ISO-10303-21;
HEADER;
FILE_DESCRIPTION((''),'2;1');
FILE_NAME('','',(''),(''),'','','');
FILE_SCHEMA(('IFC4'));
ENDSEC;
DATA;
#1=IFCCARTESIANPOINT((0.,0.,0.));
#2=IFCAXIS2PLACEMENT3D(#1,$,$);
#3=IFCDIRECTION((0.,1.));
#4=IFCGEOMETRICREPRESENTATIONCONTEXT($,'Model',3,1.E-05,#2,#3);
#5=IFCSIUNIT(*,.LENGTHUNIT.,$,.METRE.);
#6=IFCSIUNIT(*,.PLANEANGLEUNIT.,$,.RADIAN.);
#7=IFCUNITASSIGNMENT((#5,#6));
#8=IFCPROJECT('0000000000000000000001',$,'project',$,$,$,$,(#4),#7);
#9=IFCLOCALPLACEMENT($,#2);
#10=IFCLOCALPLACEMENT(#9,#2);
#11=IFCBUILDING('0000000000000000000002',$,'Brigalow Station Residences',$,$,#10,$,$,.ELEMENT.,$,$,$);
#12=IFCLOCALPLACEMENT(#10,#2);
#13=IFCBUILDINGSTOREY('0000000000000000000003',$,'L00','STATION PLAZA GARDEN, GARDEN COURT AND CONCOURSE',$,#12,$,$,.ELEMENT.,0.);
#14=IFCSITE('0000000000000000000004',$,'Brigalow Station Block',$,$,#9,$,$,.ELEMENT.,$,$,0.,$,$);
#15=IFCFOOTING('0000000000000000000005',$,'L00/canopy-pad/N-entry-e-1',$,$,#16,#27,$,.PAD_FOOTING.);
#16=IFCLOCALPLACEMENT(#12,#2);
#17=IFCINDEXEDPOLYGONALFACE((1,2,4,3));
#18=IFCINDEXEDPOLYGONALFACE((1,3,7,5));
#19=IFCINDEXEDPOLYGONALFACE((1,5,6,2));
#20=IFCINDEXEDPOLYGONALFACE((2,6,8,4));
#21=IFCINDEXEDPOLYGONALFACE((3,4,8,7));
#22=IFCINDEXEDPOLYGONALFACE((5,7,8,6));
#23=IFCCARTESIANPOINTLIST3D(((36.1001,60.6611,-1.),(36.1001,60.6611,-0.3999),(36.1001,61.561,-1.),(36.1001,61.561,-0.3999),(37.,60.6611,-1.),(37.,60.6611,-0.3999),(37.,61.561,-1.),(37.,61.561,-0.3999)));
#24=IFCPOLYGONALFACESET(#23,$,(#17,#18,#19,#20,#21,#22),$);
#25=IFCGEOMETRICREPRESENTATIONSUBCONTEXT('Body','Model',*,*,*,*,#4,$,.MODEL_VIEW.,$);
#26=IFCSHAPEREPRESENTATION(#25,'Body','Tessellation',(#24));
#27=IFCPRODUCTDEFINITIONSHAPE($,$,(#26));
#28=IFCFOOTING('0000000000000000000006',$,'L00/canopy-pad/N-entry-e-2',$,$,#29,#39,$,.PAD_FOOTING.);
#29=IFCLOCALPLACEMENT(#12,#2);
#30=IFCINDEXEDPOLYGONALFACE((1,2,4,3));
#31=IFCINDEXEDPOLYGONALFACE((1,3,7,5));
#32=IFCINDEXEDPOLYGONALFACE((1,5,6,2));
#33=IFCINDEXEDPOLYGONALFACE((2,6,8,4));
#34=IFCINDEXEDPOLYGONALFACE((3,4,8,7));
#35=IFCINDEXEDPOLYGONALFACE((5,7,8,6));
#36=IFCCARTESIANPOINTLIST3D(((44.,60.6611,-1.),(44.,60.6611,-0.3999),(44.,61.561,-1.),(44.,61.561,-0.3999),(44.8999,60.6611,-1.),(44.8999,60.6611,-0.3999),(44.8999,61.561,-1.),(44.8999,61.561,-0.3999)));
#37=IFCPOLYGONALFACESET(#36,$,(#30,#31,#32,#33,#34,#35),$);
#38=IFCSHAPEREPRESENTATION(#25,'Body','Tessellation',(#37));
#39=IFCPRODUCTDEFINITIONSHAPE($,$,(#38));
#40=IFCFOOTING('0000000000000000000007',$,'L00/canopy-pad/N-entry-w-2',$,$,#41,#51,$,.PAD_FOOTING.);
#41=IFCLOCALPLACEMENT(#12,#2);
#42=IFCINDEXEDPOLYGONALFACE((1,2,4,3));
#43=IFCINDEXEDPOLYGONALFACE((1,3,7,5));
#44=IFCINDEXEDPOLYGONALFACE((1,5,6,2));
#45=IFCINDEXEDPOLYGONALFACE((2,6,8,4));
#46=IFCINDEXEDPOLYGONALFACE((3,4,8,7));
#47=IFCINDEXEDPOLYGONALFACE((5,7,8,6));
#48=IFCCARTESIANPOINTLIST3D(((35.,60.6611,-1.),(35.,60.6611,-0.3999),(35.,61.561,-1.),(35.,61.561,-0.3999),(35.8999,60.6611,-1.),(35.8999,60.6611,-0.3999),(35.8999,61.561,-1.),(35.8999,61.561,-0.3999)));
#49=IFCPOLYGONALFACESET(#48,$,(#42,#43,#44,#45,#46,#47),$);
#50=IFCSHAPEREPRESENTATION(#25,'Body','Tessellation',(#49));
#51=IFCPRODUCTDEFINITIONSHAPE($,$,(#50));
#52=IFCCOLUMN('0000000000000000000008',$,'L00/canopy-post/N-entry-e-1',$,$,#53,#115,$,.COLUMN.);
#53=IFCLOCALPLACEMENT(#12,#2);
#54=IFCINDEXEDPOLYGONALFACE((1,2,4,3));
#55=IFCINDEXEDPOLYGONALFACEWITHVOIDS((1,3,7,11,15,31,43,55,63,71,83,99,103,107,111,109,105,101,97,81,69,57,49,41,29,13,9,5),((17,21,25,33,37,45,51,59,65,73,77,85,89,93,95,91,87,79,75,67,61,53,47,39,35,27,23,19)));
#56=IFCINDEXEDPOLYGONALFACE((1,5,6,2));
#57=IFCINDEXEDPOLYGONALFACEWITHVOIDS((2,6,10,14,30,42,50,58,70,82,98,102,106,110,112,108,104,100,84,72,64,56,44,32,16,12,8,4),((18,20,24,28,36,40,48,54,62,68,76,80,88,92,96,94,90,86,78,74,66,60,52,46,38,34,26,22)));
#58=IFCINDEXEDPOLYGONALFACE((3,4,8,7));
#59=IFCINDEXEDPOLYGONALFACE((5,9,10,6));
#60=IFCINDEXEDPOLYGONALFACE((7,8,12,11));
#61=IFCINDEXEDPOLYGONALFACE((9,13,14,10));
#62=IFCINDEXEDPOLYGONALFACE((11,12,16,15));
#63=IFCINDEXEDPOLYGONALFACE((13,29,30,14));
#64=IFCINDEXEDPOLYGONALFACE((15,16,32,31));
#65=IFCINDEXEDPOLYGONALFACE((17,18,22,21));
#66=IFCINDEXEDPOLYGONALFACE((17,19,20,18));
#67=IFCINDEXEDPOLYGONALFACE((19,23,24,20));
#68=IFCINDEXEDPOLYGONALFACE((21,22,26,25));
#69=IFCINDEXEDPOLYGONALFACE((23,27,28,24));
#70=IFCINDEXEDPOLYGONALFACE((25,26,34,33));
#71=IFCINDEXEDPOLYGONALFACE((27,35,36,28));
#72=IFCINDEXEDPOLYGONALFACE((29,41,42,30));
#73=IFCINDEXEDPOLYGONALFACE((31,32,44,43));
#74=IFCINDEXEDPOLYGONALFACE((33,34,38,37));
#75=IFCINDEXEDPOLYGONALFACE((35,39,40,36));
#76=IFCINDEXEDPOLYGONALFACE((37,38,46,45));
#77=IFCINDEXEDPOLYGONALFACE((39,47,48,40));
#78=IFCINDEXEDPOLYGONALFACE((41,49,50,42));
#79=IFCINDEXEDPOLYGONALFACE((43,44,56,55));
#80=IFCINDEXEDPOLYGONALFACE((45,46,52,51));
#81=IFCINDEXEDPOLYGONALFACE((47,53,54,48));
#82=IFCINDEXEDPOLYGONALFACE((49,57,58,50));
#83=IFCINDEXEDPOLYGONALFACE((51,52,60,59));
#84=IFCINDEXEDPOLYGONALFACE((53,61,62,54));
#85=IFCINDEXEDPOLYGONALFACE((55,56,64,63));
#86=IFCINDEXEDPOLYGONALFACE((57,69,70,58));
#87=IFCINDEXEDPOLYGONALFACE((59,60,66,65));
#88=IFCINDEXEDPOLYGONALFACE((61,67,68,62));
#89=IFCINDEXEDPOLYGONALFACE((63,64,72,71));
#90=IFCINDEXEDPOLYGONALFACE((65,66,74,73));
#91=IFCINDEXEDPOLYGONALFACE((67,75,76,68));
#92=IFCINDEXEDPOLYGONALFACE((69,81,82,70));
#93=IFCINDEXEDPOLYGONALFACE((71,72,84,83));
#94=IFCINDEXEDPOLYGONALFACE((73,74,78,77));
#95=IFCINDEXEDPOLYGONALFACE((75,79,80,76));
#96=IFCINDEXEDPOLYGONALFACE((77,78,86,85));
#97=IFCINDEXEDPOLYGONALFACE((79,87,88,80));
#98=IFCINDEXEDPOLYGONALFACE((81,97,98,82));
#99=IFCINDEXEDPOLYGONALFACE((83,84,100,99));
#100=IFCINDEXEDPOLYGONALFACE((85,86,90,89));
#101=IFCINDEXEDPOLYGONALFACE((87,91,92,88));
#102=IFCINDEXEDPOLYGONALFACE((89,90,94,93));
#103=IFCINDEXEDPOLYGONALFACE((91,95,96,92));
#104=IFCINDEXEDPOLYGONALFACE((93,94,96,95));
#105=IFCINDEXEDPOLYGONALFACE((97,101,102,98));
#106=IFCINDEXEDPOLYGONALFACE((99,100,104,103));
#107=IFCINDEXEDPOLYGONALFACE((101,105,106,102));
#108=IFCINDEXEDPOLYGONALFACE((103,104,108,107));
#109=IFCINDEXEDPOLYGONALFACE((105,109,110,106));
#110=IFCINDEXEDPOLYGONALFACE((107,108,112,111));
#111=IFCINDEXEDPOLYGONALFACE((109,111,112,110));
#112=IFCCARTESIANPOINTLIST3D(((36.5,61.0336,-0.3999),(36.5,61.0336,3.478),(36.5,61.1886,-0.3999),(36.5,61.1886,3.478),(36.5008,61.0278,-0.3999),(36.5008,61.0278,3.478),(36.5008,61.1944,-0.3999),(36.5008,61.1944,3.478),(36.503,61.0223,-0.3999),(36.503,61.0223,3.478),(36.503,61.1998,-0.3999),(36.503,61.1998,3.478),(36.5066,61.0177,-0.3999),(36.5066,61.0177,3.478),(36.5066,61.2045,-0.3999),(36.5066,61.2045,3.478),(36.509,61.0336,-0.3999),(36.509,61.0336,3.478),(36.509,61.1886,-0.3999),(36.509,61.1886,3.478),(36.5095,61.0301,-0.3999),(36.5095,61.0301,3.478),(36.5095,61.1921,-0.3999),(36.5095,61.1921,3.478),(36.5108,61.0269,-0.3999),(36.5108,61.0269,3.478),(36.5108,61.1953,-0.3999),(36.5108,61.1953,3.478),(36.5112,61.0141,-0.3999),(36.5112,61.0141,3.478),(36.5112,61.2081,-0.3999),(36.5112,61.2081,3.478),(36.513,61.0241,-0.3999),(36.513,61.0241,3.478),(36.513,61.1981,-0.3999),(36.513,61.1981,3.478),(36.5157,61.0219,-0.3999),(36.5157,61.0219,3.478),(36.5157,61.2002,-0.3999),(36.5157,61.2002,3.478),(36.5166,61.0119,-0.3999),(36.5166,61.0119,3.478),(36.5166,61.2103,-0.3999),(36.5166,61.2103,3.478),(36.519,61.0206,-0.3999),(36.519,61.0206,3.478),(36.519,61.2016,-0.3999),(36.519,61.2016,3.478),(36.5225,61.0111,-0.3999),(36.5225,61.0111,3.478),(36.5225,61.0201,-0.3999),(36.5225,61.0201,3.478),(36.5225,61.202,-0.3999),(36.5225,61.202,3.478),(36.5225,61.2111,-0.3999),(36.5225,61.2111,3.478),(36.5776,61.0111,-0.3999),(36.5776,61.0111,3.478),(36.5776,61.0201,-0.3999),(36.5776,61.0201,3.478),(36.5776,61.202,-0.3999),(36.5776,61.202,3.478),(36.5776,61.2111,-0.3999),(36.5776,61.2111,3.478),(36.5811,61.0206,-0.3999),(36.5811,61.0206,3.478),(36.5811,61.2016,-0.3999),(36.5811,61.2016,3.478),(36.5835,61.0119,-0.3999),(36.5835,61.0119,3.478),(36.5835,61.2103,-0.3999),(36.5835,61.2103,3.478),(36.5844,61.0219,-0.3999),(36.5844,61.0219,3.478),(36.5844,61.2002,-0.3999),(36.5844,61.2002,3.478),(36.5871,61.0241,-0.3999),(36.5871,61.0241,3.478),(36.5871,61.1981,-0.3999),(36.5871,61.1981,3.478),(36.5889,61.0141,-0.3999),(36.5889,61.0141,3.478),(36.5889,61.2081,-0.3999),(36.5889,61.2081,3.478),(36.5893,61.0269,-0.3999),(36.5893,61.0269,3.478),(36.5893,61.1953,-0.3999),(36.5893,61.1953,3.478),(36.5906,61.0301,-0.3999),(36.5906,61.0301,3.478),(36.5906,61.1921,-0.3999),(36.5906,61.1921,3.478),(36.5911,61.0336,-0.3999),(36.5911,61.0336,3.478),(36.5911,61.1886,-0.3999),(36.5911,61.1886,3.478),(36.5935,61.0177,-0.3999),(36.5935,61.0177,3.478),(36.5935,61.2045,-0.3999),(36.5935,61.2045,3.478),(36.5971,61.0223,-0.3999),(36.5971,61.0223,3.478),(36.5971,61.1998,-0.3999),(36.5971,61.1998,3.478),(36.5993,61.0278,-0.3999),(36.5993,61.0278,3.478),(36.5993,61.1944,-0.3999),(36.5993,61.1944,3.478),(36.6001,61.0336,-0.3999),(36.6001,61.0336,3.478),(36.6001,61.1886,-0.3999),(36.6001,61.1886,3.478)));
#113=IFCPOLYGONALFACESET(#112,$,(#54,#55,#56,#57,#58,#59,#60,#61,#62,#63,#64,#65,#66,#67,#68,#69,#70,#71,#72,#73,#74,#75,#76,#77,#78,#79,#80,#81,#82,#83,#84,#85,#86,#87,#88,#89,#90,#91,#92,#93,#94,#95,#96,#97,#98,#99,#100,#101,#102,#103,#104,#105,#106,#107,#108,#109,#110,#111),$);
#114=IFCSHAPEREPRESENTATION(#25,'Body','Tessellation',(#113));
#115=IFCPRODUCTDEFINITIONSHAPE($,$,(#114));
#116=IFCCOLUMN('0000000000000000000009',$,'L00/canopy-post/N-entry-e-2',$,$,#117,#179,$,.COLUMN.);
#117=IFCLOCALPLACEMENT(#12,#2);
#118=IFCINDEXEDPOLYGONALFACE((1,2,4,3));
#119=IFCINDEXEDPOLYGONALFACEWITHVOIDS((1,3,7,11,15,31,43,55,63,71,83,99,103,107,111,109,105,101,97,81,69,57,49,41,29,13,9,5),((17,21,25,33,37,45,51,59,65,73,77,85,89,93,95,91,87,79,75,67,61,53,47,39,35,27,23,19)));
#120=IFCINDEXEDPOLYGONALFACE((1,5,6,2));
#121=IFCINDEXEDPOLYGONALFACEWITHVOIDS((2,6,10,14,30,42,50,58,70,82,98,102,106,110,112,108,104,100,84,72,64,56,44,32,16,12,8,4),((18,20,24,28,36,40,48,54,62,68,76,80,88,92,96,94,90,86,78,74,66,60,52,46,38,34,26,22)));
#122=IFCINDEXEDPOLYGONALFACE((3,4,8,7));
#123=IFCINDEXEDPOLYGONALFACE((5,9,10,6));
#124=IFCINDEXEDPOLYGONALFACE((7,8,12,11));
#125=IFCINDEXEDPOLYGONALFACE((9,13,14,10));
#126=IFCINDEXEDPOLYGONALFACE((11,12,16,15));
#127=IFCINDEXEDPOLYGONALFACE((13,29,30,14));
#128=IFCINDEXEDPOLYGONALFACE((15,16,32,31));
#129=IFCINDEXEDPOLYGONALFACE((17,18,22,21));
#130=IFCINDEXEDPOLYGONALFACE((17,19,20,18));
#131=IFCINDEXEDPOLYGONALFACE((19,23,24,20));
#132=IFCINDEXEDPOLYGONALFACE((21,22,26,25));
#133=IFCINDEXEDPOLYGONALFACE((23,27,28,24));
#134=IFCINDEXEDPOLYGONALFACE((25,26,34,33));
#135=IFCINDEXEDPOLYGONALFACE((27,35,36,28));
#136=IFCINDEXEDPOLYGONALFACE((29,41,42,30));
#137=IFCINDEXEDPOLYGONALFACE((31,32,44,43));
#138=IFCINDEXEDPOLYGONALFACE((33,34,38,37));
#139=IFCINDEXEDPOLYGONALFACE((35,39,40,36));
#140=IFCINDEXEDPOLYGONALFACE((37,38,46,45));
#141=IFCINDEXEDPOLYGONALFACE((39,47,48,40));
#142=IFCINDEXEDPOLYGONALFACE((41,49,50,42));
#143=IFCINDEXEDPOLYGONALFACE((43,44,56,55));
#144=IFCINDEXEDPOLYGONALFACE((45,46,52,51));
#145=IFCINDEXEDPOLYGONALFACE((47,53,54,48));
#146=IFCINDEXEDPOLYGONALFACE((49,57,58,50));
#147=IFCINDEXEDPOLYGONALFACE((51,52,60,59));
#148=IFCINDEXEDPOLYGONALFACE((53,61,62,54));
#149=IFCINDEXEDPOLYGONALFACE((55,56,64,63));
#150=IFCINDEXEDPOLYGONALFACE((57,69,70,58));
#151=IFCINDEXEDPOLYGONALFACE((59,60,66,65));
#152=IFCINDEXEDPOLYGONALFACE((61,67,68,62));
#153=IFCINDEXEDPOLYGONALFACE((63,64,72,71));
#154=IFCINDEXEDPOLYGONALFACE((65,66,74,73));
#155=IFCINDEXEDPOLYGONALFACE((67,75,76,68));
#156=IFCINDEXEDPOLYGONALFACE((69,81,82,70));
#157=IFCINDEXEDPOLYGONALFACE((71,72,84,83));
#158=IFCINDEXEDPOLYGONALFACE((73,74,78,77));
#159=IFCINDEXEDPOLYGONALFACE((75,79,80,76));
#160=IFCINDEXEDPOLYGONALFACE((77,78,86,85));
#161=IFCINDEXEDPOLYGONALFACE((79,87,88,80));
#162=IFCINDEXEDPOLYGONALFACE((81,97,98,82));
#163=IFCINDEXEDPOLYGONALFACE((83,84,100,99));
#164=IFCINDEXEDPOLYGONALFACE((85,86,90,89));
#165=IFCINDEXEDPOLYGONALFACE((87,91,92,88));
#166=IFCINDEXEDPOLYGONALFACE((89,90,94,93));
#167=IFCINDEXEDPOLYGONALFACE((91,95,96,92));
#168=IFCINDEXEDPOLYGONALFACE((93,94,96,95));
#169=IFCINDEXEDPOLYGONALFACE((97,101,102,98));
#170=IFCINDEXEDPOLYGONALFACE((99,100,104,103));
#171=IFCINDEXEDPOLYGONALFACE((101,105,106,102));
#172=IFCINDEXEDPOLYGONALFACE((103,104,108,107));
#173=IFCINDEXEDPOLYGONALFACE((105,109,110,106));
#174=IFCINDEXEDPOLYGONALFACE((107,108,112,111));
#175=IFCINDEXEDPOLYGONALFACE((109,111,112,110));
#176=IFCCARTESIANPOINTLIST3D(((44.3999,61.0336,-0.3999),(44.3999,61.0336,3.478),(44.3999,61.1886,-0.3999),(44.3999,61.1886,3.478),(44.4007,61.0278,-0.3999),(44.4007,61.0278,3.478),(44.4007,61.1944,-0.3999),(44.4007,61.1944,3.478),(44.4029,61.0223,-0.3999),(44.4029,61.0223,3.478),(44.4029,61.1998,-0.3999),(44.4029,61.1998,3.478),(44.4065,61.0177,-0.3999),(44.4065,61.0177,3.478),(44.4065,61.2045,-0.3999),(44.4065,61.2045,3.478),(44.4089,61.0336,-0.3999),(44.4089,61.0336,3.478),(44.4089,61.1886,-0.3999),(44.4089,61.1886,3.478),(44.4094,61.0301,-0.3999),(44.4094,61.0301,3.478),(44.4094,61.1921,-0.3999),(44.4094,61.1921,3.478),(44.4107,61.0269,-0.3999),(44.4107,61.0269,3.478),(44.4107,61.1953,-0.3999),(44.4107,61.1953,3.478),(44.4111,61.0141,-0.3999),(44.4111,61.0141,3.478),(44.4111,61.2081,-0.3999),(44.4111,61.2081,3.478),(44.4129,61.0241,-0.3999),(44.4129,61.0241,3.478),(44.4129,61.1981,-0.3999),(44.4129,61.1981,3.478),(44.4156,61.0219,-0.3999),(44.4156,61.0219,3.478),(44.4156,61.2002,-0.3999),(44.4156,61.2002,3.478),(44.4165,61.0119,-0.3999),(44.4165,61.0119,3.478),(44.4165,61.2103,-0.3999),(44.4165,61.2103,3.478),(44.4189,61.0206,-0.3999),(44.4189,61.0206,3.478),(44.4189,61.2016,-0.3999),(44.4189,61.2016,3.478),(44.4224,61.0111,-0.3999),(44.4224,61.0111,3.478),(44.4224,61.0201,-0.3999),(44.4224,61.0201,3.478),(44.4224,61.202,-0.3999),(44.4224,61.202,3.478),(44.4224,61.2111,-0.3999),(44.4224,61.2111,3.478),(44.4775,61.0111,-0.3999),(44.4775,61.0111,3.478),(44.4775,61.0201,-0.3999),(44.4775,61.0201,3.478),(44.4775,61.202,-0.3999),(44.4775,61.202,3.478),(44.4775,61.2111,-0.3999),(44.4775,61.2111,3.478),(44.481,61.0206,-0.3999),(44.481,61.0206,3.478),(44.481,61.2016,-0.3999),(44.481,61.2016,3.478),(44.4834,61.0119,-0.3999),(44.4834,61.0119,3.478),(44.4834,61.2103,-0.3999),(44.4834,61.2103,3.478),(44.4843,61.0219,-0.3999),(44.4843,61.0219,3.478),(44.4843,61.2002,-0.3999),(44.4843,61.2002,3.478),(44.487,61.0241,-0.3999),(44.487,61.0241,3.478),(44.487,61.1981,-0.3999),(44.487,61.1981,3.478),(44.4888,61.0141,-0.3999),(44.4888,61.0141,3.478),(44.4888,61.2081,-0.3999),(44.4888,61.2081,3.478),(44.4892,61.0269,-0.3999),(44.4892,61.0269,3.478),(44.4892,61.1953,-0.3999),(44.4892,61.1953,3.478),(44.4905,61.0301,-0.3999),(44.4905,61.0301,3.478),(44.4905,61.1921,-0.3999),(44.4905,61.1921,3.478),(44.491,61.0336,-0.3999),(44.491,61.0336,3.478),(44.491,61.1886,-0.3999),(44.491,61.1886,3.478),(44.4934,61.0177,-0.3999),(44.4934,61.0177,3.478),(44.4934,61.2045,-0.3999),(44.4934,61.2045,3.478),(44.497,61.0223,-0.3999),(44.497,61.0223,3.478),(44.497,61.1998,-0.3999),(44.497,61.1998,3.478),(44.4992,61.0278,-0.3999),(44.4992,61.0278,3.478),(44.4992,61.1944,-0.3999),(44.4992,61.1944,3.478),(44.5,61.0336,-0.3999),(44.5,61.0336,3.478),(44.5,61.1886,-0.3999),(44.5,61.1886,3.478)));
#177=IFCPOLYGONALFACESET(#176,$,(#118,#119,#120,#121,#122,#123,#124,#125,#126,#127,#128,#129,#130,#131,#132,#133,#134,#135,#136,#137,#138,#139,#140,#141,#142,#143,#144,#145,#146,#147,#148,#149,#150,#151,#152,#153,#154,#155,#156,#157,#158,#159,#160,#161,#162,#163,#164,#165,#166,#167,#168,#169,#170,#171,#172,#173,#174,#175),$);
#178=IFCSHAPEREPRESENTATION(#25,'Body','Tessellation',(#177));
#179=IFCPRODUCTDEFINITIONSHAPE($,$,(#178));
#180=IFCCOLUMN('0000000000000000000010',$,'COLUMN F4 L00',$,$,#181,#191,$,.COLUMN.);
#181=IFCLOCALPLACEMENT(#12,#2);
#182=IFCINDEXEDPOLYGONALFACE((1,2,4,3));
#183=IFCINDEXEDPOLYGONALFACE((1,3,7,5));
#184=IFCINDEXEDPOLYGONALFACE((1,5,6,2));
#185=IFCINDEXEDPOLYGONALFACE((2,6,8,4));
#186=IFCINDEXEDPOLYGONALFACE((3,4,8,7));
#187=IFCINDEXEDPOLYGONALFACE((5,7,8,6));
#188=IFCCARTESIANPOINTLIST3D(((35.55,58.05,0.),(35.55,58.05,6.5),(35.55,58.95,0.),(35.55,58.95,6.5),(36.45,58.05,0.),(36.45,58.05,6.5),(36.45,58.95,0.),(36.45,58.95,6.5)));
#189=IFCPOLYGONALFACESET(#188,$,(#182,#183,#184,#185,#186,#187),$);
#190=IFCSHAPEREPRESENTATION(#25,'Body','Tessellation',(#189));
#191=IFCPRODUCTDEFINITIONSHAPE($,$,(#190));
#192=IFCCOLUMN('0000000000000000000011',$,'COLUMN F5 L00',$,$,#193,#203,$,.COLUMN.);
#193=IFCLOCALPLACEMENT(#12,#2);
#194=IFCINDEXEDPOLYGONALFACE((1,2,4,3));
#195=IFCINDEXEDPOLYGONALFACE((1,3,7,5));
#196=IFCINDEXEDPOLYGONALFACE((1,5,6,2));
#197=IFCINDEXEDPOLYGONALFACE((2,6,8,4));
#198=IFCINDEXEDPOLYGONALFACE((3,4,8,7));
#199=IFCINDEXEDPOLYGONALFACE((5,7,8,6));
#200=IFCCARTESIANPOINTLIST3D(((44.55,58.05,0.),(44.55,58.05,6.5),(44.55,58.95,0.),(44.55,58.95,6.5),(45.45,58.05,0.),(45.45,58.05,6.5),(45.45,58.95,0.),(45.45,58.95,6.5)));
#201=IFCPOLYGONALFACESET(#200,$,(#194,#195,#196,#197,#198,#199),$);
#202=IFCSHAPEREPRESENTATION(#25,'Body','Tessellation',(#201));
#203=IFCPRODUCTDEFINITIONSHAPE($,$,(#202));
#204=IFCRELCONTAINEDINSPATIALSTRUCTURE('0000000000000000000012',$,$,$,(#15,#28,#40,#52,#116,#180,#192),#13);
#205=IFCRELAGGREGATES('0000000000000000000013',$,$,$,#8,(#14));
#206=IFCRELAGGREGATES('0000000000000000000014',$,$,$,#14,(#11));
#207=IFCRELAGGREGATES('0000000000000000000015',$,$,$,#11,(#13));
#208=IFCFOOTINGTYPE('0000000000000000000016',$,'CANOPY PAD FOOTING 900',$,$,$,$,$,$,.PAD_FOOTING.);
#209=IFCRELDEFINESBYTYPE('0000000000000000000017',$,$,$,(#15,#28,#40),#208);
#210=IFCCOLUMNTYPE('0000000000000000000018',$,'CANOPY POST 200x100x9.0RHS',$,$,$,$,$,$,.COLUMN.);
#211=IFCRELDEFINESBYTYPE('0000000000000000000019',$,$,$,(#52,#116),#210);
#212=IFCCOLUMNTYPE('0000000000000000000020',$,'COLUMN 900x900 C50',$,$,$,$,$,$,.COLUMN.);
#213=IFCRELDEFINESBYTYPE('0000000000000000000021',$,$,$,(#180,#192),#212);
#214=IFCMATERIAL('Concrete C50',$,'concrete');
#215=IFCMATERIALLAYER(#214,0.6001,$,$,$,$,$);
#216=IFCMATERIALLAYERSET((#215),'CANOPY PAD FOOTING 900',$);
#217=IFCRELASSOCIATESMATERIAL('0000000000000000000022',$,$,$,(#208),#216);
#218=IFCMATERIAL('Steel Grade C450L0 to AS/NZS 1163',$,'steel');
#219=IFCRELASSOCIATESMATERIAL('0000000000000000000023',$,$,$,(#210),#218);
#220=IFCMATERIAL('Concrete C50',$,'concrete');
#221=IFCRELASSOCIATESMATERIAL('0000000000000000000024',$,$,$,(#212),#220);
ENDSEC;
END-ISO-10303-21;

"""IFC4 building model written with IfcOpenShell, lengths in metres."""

from ifc_helpers import new_model, si_unit, direction, frame, origin, origin_2d, place, context, subcontext, project, spatial, rectangle, hollow_rectangle, extrude, material, layer, layer_set, material_profile, profile_set, type_object, element, save


model = new_model("IFC4")

# Units and contexts
model_context = context("Model", 3, precision=1e-05, world=origin(), true_north=direction((0.0, 1.0)))
body_context = subcontext(model_context, "Body", "Model", "MODEL_VIEW")
ifc_project = project(units=[si_unit("LENGTHUNIT", "METRE"), si_unit("PLANEANGLEUNIT", "RADIAN")], contexts=[model_context])

# Site, building, storey
site_placement = place(None, origin())
site = spatial("IfcSite", under=ifc_project, at=site_placement, Name="Brigalow Station Block", CompositionType="ELEMENT", RefElevation=0.0)
building_placement = place(site_placement, origin())
building = spatial("IfcBuilding", under=site, at=building_placement, Name="Brigalow Station Residences", CompositionType="ELEMENT")
storey_placement = place(building_placement, origin())
storey = spatial("IfcBuildingStorey", under=building, at=storey_placement, Name="L00", Description="STATION PLAZA GARDEN, GARDEN COURT AND CONCOURSE", CompositionType="ELEMENT", Elevation=0.0)

# Footings
ifc_material_1 = material(Name="Concrete C50", Category="concrete")
ifc_layer_1 = layer(ifc_material_1, 0.6001)
ifc_layer_set_1 = layer_set([ifc_layer_1], Name="CANOPY PAD FOOTING 900")
footing_type = type_object("IfcFootingType", Name="CANOPY PAD FOOTING 900", PredefinedType="PAD_FOOTING", material=ifc_layer_set_1)
for number, where, z_axis, x_axis, name in (
    (1, (36.55, 61.1111, -1.0), (0.0, 0.0, 1.0), (1.0, 0.0, 0.0), "L00/canopy-pad/N-entry-e-1"),
    (2, (44.45, 61.1111, -1.0), (0.0, 0.0, 1.0), (1.0, 0.0, 0.0), "L00/canopy-pad/N-entry-e-2"),
    (3, (35.45, 61.1111, -1.0), (0.0, 0.0, 1.0), (1.0, 0.0, 0.0), "L00/canopy-pad/N-entry-w-2"),
):
    element("IfcFooting", number, at=place(storey_placement, frame(where, z_axis=z_axis, x_axis=x_axis)), inside=storey, type_object=footing_type, Name=name, PredefinedType="PAD_FOOTING", context=body_context, shape_type="SweptSolid", body=[
        extrude(rectangle(XDim=0.8999, YDim=0.8999, at=origin_2d()), origin(), (0.0, 0.0, 1.0), 0.6001),
    ])

# Columns
ifc_material_2 = material(Name="Steel Grade C450L0 to AS/NZS 1163", Category="steel")
ifc_material_profile_1 = material_profile(ifc_material_2, hollow_rectangle(XDim=0.1001, YDim=0.2, WallThickness=0.009, InnerFilletRadius=0.0134, OuterFilletRadius=0.0225, at=origin_2d()), Name="200x100x9.0RHS")
ifc_profile_set_1 = profile_set([ifc_material_profile_1], Name="Steel Grade C450L0 to AS/NZS 1163")
column_type_1 = type_object("IfcColumnType", Name="CANOPY POST 200x100x9.0RHS", PredefinedType="COLUMN", material=ifc_profile_set_1)
for number, where, z_axis, x_axis, name in (
    (4, (36.55, 61.1111, -0.3999), (0.0, 0.0, 1.0), (1.0, 0.0, 0.0), "L00/canopy-post/N-entry-e-1"),
    (5, (44.45, 61.1111, -0.3999), (0.0, 0.0, 1.0), (1.0, 0.0, 0.0), "L00/canopy-post/N-entry-e-2"),
):
    element("IfcColumn", number, at=place(storey_placement, frame(where, z_axis=z_axis, x_axis=x_axis)), inside=storey, type_object=column_type_1, Name=name, PredefinedType="COLUMN", context=body_context, shape_type="SweptSolid", body=[
        extrude(hollow_rectangle(XDim=0.1001, YDim=0.2, WallThickness=0.009, InnerFilletRadius=0.0134, OuterFilletRadius=0.0225, at=origin_2d()), origin(), (0.0, 0.0, 1.0), 3.8779),
    ])
ifc_material_3 = material(Name="Concrete C50", Category="concrete")
ifc_material_profile_2 = material_profile(ifc_material_3, rectangle(XDim=0.8999, YDim=0.8999, at=origin_2d()), Name="RC900x900")
ifc_profile_set_2 = profile_set([ifc_material_profile_2], Name="Concrete C50")
column_type_2 = type_object("IfcColumnType", Name="COLUMN 900x900 C50", PredefinedType="COLUMN", material=ifc_profile_set_2)
for number, where, z_axis, x_axis, name in (
    (6, (36.0, 58.5, 0.0), (0.0, 0.0, 1.0), (1.0, 0.0, 0.0), "COLUMN F4 L00"),
    (7, (45.0, 58.5, 0.0), (0.0, 0.0, 1.0), (1.0, 0.0, 0.0), "COLUMN F5 L00"),
):
    element("IfcColumn", number, at=place(storey_placement, frame(where, z_axis=z_axis, x_axis=x_axis)), inside=storey, type_object=column_type_2, Name=name, PredefinedType="COLUMN", context=body_context, shape_type="SweptSolid", body=[
        extrude(rectangle(XDim=0.8999, YDim=0.8999, at=origin_2d()), origin(), (0.0, 0.0, 1.0), 6.5),
    ])

save(model, "model.ifc")
